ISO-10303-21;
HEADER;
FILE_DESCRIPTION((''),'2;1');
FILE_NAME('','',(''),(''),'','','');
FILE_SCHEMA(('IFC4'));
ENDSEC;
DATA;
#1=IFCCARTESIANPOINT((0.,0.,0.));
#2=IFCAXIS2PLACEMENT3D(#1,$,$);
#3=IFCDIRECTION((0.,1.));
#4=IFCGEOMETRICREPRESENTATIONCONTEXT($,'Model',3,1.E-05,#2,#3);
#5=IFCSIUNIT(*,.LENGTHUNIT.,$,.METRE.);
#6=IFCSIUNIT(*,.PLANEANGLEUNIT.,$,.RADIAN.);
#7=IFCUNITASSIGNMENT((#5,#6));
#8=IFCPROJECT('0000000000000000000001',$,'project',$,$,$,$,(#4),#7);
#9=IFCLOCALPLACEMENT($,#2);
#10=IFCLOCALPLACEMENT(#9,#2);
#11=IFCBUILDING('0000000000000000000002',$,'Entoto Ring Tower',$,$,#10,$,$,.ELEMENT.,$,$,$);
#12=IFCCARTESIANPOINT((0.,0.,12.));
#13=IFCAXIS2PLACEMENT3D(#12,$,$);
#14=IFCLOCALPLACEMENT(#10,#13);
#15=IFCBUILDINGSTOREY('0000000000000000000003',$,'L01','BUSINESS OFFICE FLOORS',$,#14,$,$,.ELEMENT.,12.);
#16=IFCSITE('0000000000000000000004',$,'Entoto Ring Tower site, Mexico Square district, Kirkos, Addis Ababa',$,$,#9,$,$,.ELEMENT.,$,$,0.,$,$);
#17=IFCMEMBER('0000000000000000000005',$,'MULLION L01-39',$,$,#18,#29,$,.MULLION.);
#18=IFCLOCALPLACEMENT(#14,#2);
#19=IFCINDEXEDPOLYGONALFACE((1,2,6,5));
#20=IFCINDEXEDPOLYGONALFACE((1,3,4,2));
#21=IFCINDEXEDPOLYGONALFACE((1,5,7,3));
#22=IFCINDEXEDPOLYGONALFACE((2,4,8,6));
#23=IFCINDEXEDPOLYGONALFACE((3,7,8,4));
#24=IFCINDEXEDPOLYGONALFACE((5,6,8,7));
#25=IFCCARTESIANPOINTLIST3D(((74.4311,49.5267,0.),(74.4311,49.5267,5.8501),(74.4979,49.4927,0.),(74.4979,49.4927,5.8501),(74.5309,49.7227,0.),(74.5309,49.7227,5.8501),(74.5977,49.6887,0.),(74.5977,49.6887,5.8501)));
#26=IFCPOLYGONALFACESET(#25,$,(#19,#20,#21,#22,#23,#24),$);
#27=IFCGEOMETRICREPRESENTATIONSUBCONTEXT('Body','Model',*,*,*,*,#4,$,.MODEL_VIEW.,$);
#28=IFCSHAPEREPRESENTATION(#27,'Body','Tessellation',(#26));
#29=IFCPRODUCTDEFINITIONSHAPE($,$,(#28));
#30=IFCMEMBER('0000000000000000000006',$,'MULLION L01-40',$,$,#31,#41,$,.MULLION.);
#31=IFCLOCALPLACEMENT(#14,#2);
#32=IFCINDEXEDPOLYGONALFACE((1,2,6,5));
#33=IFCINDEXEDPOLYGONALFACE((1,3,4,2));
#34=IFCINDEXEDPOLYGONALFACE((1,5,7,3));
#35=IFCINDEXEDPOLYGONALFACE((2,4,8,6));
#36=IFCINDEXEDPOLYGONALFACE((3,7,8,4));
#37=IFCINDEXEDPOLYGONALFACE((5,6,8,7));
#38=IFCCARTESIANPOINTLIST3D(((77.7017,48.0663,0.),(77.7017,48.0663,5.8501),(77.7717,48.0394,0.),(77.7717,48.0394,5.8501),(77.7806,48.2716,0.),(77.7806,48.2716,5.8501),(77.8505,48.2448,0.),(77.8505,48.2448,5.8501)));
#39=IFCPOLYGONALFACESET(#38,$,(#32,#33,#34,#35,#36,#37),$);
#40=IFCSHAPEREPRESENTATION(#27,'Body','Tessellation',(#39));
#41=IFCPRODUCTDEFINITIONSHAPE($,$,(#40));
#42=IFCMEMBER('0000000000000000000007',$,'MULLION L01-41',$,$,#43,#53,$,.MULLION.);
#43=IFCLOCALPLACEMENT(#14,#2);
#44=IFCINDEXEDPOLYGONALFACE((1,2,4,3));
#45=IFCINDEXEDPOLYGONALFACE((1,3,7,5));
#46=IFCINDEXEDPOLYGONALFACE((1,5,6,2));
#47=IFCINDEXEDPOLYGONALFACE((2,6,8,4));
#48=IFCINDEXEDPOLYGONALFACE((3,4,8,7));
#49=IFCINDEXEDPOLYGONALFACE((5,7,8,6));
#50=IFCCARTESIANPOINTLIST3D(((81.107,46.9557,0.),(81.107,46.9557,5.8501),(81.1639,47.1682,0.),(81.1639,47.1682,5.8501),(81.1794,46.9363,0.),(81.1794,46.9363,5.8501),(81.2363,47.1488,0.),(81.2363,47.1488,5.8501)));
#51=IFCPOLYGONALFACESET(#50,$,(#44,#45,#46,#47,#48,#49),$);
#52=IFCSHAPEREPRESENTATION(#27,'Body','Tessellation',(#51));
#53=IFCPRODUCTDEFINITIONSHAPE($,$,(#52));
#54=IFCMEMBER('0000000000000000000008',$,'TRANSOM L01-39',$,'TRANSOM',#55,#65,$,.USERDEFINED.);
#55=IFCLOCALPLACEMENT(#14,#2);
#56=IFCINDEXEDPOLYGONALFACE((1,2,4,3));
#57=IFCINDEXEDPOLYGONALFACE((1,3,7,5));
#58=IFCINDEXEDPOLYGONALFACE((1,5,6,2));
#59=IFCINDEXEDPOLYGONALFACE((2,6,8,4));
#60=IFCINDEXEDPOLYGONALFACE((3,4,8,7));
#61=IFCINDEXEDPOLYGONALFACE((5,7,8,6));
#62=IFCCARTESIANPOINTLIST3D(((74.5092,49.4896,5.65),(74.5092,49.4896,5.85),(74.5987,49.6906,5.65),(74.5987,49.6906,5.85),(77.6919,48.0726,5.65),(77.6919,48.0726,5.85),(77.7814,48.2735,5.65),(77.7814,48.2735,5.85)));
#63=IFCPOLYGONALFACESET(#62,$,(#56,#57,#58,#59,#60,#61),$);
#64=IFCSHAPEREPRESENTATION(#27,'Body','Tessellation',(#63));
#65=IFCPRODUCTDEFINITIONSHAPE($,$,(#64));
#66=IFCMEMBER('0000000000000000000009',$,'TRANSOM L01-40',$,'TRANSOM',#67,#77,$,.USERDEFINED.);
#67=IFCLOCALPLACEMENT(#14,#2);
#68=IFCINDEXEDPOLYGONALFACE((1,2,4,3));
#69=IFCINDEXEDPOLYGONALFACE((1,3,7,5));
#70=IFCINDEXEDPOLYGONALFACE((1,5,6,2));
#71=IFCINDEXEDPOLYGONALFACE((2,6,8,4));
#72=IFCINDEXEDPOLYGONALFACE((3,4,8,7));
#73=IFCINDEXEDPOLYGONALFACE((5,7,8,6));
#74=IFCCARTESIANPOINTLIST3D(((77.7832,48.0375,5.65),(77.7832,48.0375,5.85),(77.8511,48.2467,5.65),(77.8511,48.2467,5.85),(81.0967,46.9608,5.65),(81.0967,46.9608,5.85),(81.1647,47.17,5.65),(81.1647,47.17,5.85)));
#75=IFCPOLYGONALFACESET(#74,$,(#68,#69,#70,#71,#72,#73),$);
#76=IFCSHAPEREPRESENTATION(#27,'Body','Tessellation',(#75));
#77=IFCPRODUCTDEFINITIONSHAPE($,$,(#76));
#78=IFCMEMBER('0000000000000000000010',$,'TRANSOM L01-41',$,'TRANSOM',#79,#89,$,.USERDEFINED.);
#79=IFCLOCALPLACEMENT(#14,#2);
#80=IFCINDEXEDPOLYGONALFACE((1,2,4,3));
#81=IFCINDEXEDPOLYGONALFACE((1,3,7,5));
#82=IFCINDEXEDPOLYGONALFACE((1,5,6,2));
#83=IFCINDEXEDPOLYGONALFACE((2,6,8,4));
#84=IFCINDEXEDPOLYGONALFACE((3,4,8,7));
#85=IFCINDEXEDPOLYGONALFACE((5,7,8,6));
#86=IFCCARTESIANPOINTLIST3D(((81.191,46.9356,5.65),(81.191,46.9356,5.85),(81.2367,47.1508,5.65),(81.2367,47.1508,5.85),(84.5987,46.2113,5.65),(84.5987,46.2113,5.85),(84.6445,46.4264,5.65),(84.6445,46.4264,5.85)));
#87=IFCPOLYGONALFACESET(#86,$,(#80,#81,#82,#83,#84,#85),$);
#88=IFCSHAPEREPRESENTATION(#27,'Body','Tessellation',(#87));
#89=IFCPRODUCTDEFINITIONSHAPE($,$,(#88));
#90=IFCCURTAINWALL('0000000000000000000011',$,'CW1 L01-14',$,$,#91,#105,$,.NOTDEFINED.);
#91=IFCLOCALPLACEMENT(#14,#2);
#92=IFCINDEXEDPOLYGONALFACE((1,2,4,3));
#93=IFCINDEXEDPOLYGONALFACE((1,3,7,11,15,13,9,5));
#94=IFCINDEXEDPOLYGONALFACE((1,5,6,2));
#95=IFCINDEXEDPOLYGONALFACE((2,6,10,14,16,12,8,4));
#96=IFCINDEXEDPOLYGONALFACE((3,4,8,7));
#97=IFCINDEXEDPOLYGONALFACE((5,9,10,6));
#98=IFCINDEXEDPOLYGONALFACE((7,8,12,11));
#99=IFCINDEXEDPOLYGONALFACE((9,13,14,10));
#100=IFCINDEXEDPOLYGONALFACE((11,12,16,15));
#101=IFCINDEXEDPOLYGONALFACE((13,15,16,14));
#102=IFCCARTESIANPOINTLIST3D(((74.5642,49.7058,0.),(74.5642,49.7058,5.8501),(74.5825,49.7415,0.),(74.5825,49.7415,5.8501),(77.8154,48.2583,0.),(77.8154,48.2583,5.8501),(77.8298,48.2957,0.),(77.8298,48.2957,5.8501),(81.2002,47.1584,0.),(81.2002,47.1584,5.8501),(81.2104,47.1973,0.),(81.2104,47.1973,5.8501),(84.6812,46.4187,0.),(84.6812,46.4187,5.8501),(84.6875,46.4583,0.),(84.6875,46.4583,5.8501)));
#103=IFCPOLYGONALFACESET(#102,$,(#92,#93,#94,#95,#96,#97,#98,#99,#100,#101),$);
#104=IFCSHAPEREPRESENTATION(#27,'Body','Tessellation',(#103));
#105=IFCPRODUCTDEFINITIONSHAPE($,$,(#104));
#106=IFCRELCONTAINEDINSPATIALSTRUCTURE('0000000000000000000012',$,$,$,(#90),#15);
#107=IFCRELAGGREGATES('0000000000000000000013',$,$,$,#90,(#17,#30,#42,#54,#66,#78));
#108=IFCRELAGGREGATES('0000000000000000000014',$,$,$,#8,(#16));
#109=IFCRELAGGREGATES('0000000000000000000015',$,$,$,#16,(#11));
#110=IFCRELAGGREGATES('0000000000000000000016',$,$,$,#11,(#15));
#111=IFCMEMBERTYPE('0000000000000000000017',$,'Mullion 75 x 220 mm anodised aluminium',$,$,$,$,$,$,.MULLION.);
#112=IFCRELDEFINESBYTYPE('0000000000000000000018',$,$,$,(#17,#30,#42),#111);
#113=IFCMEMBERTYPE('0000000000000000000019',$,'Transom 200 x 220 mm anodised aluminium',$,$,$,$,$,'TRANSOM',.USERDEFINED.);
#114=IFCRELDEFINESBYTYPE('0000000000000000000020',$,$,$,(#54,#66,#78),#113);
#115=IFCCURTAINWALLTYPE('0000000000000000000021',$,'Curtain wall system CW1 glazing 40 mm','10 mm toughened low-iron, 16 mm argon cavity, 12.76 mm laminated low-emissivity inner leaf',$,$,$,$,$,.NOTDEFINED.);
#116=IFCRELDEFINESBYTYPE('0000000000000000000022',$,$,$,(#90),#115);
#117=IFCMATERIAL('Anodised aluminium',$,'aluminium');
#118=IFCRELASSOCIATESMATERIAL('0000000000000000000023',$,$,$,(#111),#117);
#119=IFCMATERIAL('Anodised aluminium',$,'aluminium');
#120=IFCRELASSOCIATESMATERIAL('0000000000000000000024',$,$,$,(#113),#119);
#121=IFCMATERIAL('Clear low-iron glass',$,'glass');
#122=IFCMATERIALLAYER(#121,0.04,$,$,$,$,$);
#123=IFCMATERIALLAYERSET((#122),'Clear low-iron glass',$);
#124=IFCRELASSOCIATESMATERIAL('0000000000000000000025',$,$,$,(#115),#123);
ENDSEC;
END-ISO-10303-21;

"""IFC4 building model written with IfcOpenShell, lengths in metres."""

from ifc_helpers import new_model, si_unit, direction, frame, origin, origin_2d, place, context, subcontext, project, spatial, polyline, rectangle, outline, extrude, material, layer, layer_set, material_profile, profile_set, type_object, element, aggregate, save


model = new_model("IFC4")

# Units and contexts
model_context = context("Model", 3, precision=1e-05, world=origin(), true_north=direction((0.0, 1.0)))
body_context = subcontext(model_context, "Body", "Model", "MODEL_VIEW")
ifc_project = project(units=[si_unit("LENGTHUNIT", "METRE"), si_unit("PLANEANGLEUNIT", "RADIAN")], contexts=[model_context])

# Members
ifc_material_1 = material(Name="Anodised aluminium", Category="aluminium")
ifc_material_profile_1 = material_profile(ifc_material_1, rectangle(XDim=0.075, YDim=0.22, at=origin_2d()), Name="Mullion 75 x 220 mm anodised aluminium")
ifc_profile_set_1 = profile_set([ifc_material_profile_1], Name="Anodised aluminium")
member_type_1 = type_object("IfcMemberType", Name="Mullion 75 x 220 mm anodised aluminium", PredefinedType="MULLION", material=ifc_profile_set_1)
site_placement = place(None, origin())
building_placement = place(site_placement, origin())
storey_placement = place(building_placement, frame((0.0, 0.0, 12.0)))
member_1_placement = place(storey_placement, frame((74.5144, 49.6077, 0.0), z_axis=(0.0, 0.0, 1.0), x_axis=(0.891007, -0.45399, 0.0)))
member_1 = element("IfcMember", 1, at=member_1_placement, type_object=member_type_1, Name="MULLION L01-39", PredefinedType="MULLION", context=body_context, shape_type="SweptSolid", body=[
    extrude(rectangle(XDim=0.075, YDim=0.22, at=origin_2d()), origin(), (0.0, 0.0, 1.0), 5.8501),
])
member_2_placement = place(storey_placement, frame((77.7761, 48.1555, 0.0), z_axis=(0.0, 0.0, 1.0), x_axis=(0.93358, -0.358368, 0.0)))
member_2 = element("IfcMember", 2, at=member_2_placement, type_object=member_type_1, Name="MULLION L01-40", PredefinedType="MULLION", context=body_context, shape_type="SweptSolid", body=[
    extrude(rectangle(XDim=0.075, YDim=0.22, at=origin_2d()), origin(), (0.0, 0.0, 1.0), 5.8501),
])
member_3_placement = place(storey_placement, frame((81.1716, 47.0522, 0.0), z_axis=(0.0, 0.0, 1.0), x_axis=(0.965926, -0.258819, 0.0)))
member_3 = element("IfcMember", 3, at=member_3_placement, type_object=member_type_1, Name="MULLION L01-41", PredefinedType="MULLION", context=body_context, shape_type="SweptSolid", body=[
    extrude(rectangle(XDim=0.075, YDim=0.22, at=origin_2d()), origin(), (0.0, 0.0, 1.0), 5.8501),
])
ifc_material_2 = material(Name="Anodised aluminium", Category="aluminium")
ifc_material_profile_2 = material_profile(ifc_material_2, rectangle(XDim=0.22, YDim=0.2, at=origin_2d()), Name="Transom 200 x 220 mm anodised aluminium")
ifc_profile_set_2 = profile_set([ifc_material_profile_2], Name="Anodised aluminium")
member_type_2 = type_object("IfcMemberType", Name="Transom 200 x 220 mm anodised aluminium", ElementType="TRANSOM", PredefinedType="USERDEFINED", material=ifc_profile_set_2)
member_4_placement = place(storey_placement, frame((74.554, 49.5901, 5.75), z_axis=(0.913545, -0.406737, 0.0), x_axis=(0.406737, 0.913545, 0.0)))
member_4 = element("IfcMember", 4, at=member_4_placement, type_object=member_type_2, Name="TRANSOM L01-39", ObjectType="TRANSOM", PredefinedType="USERDEFINED", context=body_context, shape_type="SweptSolid", body=[
    extrude(rectangle(XDim=0.22, YDim=0.2, at=origin_2d()), origin(), (0.0, 0.0, 1.0), 3.4839),
])
member_5_placement = place(storey_placement, frame((77.8171, 48.1421, 5.75), z_axis=(0.951053, -0.309029, 0.0), x_axis=(0.309029, 0.951053, 0.0)))
member_5 = element("IfcMember", 5, at=member_5_placement, type_object=member_type_2, Name="TRANSOM L01-40", ObjectType="TRANSOM", PredefinedType="USERDEFINED", context=body_context, shape_type="SweptSolid", body=[
    extrude(rectangle(XDim=0.22, YDim=0.2, at=origin_2d()), origin(), (0.0, 0.0, 1.0), 3.4841),
])
member_6_placement = place(storey_placement, frame((81.2139, 47.0432, 5.75), z_axis=(0.978146, -0.207921, 0.0), x_axis=(0.207921, 0.978146, 0.0)))
member_6 = element("IfcMember", 6, at=member_6_placement, type_object=member_type_2, Name="TRANSOM L01-41", ObjectType="TRANSOM", PredefinedType="USERDEFINED", context=body_context, shape_type="SweptSolid", body=[
    extrude(rectangle(XDim=0.22, YDim=0.2, at=origin_2d()), origin(), (0.0, 0.0, 1.0), 3.4839),
])

# Site, building, storey
site = spatial("IfcSite", under=ifc_project, at=site_placement, Name="Entoto Ring Tower site, Mexico Square district, Kirkos, Addis Ababa", CompositionType="ELEMENT", RefElevation=0.0)
building = spatial("IfcBuilding", under=site, at=building_placement, Name="Entoto Ring Tower", CompositionType="ELEMENT")
storey = spatial("IfcBuildingStorey", under=building, at=storey_placement, Name="L01", Description="BUSINESS OFFICE FLOORS", CompositionType="ELEMENT", Elevation=12.0)

# Curtain wall
ifc_material_3 = material(Name="Clear low-iron glass", Category="glass")
ifc_layer = layer(ifc_material_3, 0.04)
ifc_layer_set = layer_set([ifc_layer], Name="Clear low-iron glass")
curtain_wall_type = type_object("IfcCurtainWallType", Name="Curtain wall system CW1 glazing 40 mm", Description="10 mm toughened low-iron, 16 mm argon cavity, 12.76 mm laminated low-emissivity inner leaf", PredefinedType="NOTDEFINED", material=ifc_layer_set)
curtain_wall_1_placement = place(storey_placement, origin())
curtain_wall_1 = element("IfcCurtainWall", 7, at=curtain_wall_1_placement, inside=storey, type_object=curtain_wall_type, Name="CW1 L01-14", PredefinedType="NOTDEFINED", context=body_context, shape_type="SweptSolid", body=[
    extrude(outline(polyline([(74.5642, 49.7058), (77.8154, 48.2583), (81.2002, 47.1584), (84.6812, 46.4187), (84.6875, 46.4583), (81.2104, 47.1973), (77.8298, 48.2957), (74.5825, 49.7415), (74.5642, 49.7058)])), origin(), (0.0, 0.0, 1.0), 5.8501),
])
aggregate(curtain_wall_1, [member_1, member_2, member_3, member_4, member_5, member_6])

save(model, "model.ifc")
